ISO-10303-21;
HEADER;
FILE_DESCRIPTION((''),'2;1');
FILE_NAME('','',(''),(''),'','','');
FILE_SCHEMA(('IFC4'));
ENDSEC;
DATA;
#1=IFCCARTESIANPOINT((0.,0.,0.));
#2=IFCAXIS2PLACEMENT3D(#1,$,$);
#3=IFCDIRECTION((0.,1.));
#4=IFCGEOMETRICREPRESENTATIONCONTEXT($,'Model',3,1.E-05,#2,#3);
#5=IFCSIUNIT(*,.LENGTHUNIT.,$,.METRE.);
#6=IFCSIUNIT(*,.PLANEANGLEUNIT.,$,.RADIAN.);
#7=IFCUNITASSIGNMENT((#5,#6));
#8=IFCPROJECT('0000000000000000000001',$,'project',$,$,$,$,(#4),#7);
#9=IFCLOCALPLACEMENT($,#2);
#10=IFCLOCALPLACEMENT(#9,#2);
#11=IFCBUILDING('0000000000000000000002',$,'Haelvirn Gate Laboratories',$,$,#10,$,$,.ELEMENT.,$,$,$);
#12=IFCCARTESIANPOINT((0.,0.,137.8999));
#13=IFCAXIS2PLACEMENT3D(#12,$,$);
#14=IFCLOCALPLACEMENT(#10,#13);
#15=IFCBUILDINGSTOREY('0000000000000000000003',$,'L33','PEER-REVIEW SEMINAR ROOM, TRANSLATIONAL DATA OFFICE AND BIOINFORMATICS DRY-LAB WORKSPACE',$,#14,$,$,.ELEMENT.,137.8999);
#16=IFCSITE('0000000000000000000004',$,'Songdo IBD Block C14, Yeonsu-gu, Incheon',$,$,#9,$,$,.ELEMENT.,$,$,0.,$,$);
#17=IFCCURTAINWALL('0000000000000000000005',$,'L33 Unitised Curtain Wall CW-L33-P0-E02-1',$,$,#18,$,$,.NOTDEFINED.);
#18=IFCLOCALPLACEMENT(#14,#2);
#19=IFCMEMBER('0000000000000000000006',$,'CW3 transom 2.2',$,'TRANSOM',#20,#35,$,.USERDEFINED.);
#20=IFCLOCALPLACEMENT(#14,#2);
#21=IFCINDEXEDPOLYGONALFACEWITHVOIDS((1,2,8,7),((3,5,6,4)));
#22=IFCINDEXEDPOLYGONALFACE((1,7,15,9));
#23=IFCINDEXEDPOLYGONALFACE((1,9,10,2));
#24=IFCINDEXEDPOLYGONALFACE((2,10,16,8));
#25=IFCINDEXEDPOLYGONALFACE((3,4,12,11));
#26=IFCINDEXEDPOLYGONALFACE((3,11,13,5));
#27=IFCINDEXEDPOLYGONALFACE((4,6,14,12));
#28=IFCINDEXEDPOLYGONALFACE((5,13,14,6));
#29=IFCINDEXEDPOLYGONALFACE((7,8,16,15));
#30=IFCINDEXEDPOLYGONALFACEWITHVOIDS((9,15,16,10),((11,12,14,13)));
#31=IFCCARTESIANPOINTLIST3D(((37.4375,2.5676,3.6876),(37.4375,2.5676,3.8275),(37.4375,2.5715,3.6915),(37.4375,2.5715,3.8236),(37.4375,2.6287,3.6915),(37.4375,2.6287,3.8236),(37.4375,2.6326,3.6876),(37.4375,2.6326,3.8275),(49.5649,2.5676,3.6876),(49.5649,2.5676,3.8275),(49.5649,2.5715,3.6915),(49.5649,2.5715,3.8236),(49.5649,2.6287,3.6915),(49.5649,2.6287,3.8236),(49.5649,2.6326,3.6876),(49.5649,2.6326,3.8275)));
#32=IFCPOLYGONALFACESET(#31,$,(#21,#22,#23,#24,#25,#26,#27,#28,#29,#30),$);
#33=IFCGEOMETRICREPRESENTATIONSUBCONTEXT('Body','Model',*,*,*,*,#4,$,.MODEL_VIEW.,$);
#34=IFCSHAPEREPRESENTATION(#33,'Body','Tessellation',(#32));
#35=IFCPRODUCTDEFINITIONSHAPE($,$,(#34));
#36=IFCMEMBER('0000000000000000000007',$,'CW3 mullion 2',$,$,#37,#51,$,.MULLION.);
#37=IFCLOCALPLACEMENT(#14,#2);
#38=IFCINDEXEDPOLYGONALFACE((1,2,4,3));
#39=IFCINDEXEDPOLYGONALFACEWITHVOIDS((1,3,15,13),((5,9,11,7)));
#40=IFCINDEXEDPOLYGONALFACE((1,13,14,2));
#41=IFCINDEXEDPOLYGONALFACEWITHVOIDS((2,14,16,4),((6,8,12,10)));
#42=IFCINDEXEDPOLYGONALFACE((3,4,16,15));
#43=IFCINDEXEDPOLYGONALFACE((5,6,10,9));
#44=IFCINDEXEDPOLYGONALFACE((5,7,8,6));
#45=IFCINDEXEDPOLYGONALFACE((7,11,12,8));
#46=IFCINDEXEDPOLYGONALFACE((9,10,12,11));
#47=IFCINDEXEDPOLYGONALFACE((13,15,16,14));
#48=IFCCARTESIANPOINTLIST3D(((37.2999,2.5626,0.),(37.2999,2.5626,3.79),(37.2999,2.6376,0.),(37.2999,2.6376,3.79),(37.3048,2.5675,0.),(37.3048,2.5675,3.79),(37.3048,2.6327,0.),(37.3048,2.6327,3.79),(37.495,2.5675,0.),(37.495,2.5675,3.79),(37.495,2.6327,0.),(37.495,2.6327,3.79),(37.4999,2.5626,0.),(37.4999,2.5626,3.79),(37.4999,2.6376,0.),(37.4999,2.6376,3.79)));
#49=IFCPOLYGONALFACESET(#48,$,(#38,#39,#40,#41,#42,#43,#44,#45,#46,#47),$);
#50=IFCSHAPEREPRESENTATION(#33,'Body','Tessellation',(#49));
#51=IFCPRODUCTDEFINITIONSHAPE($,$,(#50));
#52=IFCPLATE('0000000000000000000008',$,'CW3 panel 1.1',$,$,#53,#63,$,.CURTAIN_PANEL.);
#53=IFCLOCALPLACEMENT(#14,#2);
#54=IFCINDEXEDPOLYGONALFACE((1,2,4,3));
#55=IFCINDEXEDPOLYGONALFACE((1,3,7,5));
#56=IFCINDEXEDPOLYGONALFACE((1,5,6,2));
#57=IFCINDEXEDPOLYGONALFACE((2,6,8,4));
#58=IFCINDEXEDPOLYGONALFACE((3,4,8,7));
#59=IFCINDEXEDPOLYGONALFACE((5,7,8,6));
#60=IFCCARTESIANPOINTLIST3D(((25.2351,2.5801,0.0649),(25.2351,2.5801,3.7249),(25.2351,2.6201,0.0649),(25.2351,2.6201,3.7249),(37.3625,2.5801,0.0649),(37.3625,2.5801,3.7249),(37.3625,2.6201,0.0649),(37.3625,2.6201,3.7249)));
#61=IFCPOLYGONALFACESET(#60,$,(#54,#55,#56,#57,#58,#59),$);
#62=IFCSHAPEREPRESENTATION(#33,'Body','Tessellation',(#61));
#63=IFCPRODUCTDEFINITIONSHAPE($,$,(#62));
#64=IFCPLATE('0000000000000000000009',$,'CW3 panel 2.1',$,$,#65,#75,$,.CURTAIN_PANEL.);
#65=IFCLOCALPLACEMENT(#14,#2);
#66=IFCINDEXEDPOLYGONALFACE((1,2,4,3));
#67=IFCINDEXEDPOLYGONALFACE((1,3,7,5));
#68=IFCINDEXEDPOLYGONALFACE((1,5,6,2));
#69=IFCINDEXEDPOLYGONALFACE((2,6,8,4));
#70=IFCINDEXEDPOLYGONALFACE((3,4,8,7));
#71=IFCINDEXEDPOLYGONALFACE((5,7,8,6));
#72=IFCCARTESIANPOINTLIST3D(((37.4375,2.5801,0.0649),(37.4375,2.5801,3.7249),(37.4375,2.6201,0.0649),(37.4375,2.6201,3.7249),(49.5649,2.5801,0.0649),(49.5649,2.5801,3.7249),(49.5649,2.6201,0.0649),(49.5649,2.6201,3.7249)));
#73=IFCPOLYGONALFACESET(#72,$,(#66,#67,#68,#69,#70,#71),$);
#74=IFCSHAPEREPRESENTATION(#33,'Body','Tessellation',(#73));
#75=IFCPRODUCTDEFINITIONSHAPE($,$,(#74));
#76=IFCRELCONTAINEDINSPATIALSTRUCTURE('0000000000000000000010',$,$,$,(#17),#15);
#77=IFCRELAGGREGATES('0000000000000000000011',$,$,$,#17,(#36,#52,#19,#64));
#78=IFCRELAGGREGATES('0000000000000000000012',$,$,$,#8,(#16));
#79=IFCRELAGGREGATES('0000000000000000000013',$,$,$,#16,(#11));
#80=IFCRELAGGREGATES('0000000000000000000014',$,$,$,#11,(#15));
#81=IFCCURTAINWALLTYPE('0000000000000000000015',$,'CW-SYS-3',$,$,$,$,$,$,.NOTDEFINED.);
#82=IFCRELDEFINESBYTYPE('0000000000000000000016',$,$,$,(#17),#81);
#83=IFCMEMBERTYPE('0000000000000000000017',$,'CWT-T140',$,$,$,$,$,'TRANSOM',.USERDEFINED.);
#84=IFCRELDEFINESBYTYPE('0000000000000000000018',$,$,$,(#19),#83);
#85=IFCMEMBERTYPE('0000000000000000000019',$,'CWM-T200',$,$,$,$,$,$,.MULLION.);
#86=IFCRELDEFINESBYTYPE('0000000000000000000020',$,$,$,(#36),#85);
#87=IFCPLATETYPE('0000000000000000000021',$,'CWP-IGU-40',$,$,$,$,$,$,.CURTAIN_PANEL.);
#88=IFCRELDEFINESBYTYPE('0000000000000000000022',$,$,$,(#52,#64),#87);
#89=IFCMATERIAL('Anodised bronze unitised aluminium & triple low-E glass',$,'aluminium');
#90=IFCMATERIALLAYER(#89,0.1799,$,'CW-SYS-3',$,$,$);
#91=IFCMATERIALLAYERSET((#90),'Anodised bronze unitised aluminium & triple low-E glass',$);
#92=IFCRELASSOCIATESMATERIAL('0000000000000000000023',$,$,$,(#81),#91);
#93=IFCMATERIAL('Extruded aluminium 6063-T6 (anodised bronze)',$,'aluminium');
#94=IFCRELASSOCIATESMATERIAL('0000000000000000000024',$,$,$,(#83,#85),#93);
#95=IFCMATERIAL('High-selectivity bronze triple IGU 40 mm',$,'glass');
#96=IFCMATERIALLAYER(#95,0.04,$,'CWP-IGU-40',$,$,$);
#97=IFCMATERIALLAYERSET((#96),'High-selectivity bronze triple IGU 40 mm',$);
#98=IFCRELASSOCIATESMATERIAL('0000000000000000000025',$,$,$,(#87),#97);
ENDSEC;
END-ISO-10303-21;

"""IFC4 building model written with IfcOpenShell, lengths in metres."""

from ifc_helpers import new_model, si_unit, direction, frame, origin, origin_2d, place, context, subcontext, project, spatial, rectangle, hollow_rectangle, extrude, source, transform, mapped, material, layer, layer_set, material_profile, profile_set, type_object, type_shapes, element, aggregate, save


model = new_model("IFC4")

# Units and contexts
model_context = context("Model", 3, precision=1e-05, world=origin(), true_north=direction((0.0, 1.0)))
body_context = subcontext(model_context, "Body", "Model", "MODEL_VIEW")
ifc_project = project(units=[si_unit("LENGTHUNIT", "METRE"), si_unit("PLANEANGLEUNIT", "RADIAN")], contexts=[model_context])

# Site, building, storey
site_placement = place(None, origin())
site = spatial("IfcSite", under=ifc_project, at=site_placement, Name="Songdo IBD Block C14, Yeonsu-gu, Incheon", CompositionType="ELEMENT", RefElevation=0.0)
building_placement = place(site_placement, origin())
building = spatial("IfcBuilding", under=site, at=building_placement, Name="Haelvirn Gate Laboratories", CompositionType="ELEMENT")
storey_placement = place(building_placement, frame((0.0, 0.0, 137.8999)))
storey = spatial("IfcBuildingStorey", under=building, at=storey_placement, Name="L33", Description="PEER-REVIEW SEMINAR ROOM, TRANSLATIONAL DATA OFFICE AND BIOINFORMATICS DRY-LAB WORKSPACE", CompositionType="ELEMENT", Elevation=137.8999)

# Curtain wall, members, plates
ifc_material_1 = material(Name="Anodised bronze unitised aluminium & triple low-E glass", Category="aluminium")
ifc_layer_1 = layer(ifc_material_1, 0.1799, Name="CW-SYS-3")
ifc_layer_set_1 = layer_set([ifc_layer_1], Name="Anodised bronze unitised aluminium & triple low-E glass")
curtain_wall_type = type_object("IfcCurtainWallType", Name="CW-SYS-3", PredefinedType="NOTDEFINED", material=ifc_layer_set_1)
curtain_wall_placement = place(storey_placement, origin())
curtain_wall = element("IfcCurtainWall", 1, at=curtain_wall_placement, inside=storey, type_object=curtain_wall_type, Name="L33 Unitised Curtain Wall CW-L33-P0-E02-1", PredefinedType="NOTDEFINED")
ifc_material_2 = material(Name="Extruded aluminium 6063-T6 (anodised bronze)", Category="aluminium")
ifc_material_profile_1 = material_profile(ifc_material_2, hollow_rectangle(XDim=0.0649, YDim=0.1399, WallThickness=0.0039, at=origin_2d()), Name="CWT-140x65x4")
ifc_profile_set_1 = profile_set([ifc_material_profile_1], Name="Extruded aluminium 6063-T6 (anodised bronze)")
member_type_1 = type_object("IfcMemberType", Name="CWT-T140", ElementType="TRANSOM", PredefinedType="USERDEFINED", material=ifc_profile_set_1)
shared_shape_1 = source(origin(), body_context, "Body", "SweptSolid", [
    extrude(hollow_rectangle(XDim=0.0649, YDim=0.1399, WallThickness=0.0039, at=origin_2d()), origin(), (0.0, 0.0, 1.0), 12.1274),
])
type_shapes(member_type_1, [shared_shape_1])
member_1_placement = place(storey_placement, frame((37.4375, 2.6001, 3.7576), z_axis=(1.0, 0.0, 0.0), x_axis=(0.0, 1.0, 0.0)))
member_1 = element("IfcMember", 2, at=member_1_placement, type_object=member_type_1, Name="CW3 transom 2.2", ObjectType="TRANSOM", PredefinedType="USERDEFINED", context=body_context, shape_type="MappedRepresentation", body=[
    mapped(shared_shape_1, transform((0.0, 0.0, 0.0), scale=1.0)),
])
ifc_material_profile_2 = material_profile(ifc_material_2, hollow_rectangle(XDim=0.075, YDim=0.2, WallThickness=0.0049, at=origin_2d()), Name="CWM-200x75x5")
ifc_profile_set_2 = profile_set([ifc_material_profile_2], Name="Extruded aluminium 6063-T6 (anodised bronze)")
member_type_2 = type_object("IfcMemberType", Name="CWM-T200", PredefinedType="MULLION", material=ifc_profile_set_2)
shared_shape_2 = source(origin(), body_context, "Body", "SweptSolid", [
    extrude(hollow_rectangle(XDim=0.075, YDim=0.2, WallThickness=0.0049, at=origin_2d()), origin(), (0.0, 0.0, 1.0), 3.79),
])
type_shapes(member_type_2, [shared_shape_2])
member_2_placement = place(storey_placement, frame((37.3999, 2.6001, 0.0), z_axis=(0.0, 0.0, 1.0), x_axis=(0.0, 1.0, 0.0)))
member_2 = element("IfcMember", 3, at=member_2_placement, type_object=member_type_2, Name="CW3 mullion 2", PredefinedType="MULLION", context=body_context, shape_type="MappedRepresentation", body=[
    mapped(shared_shape_2, transform((0.0, 0.0, 0.0), scale=1.0)),
])
ifc_material_3 = material(Name="High-selectivity bronze triple IGU 40 mm", Category="glass")
ifc_layer_2 = layer(ifc_material_3, 0.04, Name="CWP-IGU-40")
ifc_layer_set_2 = layer_set([ifc_layer_2], Name="High-selectivity bronze triple IGU 40 mm")
plate_type = type_object("IfcPlateType", Name="CWP-IGU-40", PredefinedType="CURTAIN_PANEL", material=ifc_layer_set_2)
shared_shape_3 = source(origin(), body_context, "Body", "SweptSolid", [
    extrude(rectangle(XDim=12.1274, YDim=0.04, at=origin_2d()), origin(), (0.0, 0.0, 1.0), 3.6599),
])
type_shapes(plate_type, [shared_shape_3])
plate_1_placement = place(storey_placement, frame((31.2988, 2.6001, 0.0649), z_axis=(0.0, 0.0, 1.0), x_axis=(1.0, 0.0, 0.0)))
plate_1 = element("IfcPlate", 4, at=plate_1_placement, type_object=plate_type, Name="CW3 panel 1.1", PredefinedType="CURTAIN_PANEL", context=body_context, shape_type="MappedRepresentation", body=[
    mapped(shared_shape_3, transform((0.0, 0.0, 0.0), scale=1.0)),
])
plate_2_placement = place(storey_placement, frame((43.5012, 2.6001, 0.0649), z_axis=(0.0, 0.0, 1.0), x_axis=(1.0, 0.0, 0.0)))
plate_2 = element("IfcPlate", 5, at=plate_2_placement, type_object=plate_type, Name="CW3 panel 2.1", PredefinedType="CURTAIN_PANEL", context=body_context, shape_type="MappedRepresentation", body=[
    mapped(shared_shape_3, transform((0.0, 0.0, 0.0), scale=1.0)),
])
aggregate(curtain_wall, [member_2, plate_1, member_1, plate_2])

save(model, "model.ifc")
